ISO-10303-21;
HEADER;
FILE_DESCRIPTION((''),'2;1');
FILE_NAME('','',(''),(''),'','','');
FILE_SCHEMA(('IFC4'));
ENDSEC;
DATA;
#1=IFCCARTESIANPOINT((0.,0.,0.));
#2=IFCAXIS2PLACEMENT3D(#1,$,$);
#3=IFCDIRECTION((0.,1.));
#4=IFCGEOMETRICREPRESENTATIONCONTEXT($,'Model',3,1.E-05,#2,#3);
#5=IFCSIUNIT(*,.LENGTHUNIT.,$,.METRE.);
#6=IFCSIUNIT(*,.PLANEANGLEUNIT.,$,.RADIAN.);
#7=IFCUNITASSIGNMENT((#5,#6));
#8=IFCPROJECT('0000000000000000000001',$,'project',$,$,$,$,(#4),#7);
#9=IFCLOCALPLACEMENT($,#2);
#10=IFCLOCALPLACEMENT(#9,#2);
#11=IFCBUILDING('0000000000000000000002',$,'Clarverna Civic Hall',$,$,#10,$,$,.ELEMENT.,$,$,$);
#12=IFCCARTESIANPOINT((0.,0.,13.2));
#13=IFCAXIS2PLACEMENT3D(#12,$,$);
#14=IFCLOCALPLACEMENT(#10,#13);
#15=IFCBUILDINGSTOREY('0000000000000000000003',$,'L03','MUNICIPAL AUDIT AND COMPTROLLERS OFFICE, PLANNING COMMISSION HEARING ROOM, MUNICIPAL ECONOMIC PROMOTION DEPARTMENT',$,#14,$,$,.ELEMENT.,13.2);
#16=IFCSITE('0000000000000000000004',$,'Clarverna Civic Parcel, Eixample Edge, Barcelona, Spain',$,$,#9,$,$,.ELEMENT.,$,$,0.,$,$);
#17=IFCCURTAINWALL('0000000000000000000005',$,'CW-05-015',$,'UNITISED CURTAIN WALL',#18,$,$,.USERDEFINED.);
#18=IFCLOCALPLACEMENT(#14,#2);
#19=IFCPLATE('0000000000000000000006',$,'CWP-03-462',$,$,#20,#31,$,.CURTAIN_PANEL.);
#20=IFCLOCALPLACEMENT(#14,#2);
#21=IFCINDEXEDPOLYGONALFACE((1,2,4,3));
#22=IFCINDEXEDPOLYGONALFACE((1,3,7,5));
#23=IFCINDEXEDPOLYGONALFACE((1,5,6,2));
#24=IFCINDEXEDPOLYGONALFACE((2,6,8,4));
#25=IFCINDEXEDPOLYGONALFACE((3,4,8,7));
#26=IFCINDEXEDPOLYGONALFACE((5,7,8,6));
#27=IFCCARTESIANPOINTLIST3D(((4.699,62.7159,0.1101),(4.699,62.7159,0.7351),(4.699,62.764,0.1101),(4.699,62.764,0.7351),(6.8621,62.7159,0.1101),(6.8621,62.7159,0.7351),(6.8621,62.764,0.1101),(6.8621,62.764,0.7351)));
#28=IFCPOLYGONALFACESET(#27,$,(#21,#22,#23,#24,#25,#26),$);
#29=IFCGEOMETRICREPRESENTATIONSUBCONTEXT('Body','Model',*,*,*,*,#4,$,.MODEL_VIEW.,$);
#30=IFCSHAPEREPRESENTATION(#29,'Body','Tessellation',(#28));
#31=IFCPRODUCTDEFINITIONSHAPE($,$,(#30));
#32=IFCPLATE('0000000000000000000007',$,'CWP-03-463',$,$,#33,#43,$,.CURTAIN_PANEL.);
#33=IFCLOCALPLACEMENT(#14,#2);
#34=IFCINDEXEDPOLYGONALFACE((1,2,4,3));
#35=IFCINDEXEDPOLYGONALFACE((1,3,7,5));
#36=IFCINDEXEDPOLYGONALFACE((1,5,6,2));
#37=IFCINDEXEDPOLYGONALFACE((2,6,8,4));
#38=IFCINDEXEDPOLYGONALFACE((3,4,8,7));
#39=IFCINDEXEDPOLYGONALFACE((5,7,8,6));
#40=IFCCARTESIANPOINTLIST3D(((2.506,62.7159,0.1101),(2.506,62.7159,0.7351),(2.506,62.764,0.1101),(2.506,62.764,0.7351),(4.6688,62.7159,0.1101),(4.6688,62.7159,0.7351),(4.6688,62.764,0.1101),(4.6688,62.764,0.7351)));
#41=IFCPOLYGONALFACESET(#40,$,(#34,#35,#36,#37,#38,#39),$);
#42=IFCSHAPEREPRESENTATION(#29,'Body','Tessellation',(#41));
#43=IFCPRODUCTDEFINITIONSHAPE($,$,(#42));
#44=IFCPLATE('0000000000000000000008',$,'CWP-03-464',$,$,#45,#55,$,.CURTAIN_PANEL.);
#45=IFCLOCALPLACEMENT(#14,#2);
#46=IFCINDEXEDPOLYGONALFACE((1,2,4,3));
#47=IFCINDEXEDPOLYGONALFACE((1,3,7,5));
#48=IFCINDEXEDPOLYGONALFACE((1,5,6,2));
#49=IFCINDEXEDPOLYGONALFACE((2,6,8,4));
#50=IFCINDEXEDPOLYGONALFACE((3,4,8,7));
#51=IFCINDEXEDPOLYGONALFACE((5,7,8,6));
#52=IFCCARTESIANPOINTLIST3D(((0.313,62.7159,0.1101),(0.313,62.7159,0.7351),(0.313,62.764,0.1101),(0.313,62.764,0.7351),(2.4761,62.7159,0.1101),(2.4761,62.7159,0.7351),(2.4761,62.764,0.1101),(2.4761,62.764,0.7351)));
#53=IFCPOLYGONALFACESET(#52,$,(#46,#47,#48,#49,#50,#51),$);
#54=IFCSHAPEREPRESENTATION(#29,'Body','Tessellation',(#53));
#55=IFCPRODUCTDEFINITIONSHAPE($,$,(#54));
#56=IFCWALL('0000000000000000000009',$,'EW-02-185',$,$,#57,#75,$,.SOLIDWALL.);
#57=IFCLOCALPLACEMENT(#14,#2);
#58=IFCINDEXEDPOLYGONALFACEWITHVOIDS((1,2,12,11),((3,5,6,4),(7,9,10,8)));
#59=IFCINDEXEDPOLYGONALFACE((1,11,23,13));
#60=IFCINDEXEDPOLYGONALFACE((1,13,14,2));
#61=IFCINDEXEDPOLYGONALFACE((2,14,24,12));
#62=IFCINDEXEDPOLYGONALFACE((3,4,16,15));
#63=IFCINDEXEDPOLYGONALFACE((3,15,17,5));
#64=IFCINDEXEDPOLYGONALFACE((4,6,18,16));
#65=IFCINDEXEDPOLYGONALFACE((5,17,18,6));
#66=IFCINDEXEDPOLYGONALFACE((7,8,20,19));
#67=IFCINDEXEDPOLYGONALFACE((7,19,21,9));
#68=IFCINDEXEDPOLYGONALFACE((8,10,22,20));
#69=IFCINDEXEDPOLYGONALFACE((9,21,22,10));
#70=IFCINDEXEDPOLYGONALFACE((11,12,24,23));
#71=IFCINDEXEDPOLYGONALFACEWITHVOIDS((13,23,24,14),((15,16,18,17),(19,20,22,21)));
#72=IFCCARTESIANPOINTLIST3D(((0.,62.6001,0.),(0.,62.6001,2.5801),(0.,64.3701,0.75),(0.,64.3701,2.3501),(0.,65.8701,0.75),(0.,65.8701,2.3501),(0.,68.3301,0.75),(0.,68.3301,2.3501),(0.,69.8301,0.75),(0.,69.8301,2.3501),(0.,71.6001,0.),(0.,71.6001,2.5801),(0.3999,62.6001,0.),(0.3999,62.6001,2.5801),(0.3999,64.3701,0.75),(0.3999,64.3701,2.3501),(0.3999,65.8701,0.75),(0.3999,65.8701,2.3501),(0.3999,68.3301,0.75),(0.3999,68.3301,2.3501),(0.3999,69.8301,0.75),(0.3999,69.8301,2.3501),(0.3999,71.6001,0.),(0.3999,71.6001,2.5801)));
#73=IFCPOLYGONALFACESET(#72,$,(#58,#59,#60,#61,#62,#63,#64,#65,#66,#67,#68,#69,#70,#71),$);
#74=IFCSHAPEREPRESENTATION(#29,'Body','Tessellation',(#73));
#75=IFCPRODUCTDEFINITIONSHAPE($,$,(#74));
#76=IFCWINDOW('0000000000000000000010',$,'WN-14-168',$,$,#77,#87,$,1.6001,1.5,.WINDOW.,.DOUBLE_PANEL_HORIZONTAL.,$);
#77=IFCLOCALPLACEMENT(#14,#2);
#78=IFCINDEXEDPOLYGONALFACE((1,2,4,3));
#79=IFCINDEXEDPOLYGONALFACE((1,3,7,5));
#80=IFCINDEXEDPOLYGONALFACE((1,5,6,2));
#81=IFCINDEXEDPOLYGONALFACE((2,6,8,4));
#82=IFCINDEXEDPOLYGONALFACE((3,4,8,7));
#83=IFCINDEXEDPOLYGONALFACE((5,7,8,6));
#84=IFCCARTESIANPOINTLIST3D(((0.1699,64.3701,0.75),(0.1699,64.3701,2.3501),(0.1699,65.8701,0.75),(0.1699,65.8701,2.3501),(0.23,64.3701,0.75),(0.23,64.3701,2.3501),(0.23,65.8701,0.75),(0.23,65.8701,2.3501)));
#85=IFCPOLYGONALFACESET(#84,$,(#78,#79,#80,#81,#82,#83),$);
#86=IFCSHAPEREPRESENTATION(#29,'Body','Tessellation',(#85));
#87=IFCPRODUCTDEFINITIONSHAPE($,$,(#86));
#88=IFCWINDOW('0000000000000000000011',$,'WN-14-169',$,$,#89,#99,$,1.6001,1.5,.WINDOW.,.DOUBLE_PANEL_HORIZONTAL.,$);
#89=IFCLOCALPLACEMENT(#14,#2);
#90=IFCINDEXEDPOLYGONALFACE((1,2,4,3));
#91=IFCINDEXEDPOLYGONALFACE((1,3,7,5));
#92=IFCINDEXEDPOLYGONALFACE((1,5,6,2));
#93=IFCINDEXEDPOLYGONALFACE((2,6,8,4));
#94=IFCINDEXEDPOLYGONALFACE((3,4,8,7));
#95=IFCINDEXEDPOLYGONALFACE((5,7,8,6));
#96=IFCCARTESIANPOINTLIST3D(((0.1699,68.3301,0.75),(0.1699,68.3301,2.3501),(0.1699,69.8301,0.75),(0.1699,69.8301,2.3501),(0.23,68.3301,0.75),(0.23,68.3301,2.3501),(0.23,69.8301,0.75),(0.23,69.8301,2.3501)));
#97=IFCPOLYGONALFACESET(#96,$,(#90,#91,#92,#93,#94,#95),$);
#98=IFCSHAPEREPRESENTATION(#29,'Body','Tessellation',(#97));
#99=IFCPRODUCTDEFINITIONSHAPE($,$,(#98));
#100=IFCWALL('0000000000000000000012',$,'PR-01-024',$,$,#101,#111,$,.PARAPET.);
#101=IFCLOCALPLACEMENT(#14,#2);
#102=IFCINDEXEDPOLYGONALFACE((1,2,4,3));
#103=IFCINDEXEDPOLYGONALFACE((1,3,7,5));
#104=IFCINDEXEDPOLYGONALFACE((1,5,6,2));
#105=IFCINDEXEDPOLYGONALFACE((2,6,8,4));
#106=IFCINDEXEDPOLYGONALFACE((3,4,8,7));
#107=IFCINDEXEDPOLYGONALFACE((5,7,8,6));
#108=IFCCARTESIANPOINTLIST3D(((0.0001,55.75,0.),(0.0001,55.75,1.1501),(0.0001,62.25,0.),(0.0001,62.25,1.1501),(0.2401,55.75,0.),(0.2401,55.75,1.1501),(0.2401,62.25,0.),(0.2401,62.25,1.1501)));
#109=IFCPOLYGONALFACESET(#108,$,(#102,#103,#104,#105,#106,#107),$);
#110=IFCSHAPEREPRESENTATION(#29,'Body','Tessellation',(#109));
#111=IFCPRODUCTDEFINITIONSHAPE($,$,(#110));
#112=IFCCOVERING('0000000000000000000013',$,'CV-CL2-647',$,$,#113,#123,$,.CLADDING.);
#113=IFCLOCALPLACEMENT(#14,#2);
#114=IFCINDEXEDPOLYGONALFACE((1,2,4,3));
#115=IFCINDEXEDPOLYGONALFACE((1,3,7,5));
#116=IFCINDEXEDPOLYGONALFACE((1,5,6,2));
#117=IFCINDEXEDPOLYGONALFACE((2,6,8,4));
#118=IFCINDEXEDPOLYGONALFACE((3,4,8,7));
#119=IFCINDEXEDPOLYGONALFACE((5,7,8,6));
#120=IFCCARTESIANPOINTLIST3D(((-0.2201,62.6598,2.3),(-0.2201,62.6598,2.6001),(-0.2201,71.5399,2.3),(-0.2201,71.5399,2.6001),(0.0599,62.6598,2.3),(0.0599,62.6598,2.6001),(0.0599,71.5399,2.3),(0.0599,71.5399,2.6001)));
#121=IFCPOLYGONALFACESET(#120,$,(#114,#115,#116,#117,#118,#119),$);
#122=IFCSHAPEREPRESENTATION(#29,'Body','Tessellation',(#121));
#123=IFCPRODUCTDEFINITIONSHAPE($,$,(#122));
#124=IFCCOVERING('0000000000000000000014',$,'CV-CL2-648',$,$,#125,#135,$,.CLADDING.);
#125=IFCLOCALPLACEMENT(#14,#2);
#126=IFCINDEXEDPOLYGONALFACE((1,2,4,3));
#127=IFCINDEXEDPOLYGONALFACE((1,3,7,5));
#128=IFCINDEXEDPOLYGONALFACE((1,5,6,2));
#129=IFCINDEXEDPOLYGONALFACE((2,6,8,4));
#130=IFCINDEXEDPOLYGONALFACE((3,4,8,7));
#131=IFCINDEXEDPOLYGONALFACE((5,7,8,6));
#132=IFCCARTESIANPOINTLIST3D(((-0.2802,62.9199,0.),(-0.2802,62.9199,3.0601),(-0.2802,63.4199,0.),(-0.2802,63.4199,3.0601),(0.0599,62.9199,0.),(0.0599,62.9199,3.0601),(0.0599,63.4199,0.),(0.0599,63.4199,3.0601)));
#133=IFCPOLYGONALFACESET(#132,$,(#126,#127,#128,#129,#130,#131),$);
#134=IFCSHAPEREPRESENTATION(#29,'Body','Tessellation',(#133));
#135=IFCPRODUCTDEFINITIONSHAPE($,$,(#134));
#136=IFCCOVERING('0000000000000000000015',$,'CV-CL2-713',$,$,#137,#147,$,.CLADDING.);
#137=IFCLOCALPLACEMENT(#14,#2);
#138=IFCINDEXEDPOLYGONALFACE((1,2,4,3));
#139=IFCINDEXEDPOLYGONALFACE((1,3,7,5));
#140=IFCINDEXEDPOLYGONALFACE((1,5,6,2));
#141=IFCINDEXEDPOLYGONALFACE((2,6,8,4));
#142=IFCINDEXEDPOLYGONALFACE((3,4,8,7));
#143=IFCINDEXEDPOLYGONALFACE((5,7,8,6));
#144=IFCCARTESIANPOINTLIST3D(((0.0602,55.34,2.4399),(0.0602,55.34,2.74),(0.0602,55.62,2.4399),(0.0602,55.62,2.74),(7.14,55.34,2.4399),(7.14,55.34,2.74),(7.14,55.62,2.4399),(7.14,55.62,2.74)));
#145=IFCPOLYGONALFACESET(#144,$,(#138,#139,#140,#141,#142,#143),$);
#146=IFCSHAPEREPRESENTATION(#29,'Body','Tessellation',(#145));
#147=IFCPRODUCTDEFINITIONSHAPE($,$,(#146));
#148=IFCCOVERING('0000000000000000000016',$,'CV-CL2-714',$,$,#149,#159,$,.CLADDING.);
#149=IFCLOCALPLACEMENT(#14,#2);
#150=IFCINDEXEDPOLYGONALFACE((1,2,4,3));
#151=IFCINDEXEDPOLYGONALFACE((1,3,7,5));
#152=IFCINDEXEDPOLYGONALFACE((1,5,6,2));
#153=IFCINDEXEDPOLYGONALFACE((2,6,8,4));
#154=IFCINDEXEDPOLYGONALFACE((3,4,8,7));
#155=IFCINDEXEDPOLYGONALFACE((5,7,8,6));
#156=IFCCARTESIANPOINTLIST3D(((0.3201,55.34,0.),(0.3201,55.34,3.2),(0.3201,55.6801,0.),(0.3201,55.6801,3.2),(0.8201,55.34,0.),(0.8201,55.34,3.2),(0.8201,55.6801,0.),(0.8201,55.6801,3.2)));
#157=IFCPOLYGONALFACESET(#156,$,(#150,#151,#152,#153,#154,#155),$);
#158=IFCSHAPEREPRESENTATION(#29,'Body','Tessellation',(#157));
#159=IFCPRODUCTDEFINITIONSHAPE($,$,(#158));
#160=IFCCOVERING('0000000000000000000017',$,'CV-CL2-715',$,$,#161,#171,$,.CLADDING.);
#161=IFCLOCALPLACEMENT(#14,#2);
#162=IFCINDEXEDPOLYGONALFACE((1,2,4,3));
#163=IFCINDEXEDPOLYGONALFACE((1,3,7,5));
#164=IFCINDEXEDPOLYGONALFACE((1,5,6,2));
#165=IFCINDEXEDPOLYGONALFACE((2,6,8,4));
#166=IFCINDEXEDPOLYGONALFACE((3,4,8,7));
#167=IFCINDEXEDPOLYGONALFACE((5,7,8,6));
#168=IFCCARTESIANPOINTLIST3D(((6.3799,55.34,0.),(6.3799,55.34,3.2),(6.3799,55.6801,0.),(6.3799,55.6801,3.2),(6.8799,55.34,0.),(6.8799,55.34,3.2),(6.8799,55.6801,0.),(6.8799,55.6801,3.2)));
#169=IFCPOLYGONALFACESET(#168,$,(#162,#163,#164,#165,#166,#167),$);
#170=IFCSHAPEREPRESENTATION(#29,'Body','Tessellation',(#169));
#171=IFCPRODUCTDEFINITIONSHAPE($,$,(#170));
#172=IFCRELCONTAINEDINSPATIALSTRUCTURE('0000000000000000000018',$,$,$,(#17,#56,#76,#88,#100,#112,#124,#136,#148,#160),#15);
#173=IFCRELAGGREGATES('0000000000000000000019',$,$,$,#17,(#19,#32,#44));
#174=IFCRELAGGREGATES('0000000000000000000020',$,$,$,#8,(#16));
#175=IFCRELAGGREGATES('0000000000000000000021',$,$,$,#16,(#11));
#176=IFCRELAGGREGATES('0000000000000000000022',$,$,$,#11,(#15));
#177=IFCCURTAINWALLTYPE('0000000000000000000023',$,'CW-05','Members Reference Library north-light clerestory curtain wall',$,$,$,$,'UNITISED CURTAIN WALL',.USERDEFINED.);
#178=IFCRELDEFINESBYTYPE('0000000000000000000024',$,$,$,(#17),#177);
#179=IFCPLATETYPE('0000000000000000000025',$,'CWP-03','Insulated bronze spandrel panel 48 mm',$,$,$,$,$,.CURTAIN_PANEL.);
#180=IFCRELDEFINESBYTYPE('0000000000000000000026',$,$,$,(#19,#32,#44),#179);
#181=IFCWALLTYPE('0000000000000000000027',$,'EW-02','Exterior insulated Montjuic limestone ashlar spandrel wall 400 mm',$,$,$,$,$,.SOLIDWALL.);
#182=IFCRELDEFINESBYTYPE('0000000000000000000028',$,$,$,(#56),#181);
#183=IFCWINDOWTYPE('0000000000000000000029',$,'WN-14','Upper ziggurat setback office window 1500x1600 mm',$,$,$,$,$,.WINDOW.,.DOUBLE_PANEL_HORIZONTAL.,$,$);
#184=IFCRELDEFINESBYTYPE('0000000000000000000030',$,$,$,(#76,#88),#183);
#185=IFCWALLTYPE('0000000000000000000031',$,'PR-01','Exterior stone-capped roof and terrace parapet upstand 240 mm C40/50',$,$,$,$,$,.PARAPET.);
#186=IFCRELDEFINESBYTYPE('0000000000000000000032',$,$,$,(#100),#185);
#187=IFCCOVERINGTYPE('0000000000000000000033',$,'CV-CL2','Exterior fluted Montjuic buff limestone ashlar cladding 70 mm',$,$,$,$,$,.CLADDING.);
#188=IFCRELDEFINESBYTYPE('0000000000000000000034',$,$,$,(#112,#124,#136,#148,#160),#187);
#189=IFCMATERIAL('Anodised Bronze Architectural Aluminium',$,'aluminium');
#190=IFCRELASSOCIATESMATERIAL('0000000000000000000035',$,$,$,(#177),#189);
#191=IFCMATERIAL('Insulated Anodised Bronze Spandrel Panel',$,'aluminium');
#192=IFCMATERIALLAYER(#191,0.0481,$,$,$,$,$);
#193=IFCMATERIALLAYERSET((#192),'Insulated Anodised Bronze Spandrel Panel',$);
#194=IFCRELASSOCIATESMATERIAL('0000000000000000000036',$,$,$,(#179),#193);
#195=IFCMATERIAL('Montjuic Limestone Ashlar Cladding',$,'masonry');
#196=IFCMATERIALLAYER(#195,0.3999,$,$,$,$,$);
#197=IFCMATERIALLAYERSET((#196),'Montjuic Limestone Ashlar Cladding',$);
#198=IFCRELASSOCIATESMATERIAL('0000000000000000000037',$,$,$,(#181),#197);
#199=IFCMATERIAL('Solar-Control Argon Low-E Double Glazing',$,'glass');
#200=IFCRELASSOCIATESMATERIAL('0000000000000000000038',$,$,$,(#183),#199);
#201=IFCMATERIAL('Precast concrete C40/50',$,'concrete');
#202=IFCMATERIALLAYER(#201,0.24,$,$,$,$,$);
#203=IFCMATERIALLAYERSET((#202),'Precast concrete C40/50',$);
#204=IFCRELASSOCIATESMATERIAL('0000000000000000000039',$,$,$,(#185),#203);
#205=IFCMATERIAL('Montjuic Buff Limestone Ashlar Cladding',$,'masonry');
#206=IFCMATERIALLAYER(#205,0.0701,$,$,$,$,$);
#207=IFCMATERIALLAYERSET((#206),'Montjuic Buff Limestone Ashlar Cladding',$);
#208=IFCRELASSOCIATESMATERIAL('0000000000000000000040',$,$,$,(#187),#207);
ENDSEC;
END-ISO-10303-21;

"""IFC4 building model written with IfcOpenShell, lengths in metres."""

from ifc_helpers import new_model, si_unit, direction, frame, frame_2d, origin, place, context, subcontext, project, spatial, rectangle, extrude, material, layer, layer_set, type_object, element, fill, aggregate, save


model = new_model("IFC4")

# Units and contexts
model_context = context("Model", 3, precision=1e-05, world=origin(), true_north=direction((0.0, 1.0)))
body_context = subcontext(model_context, "Body", "Model", "MODEL_VIEW")
ifc_project = project(units=[si_unit("LENGTHUNIT", "METRE"), si_unit("PLANEANGLEUNIT", "RADIAN")], contexts=[model_context])

# Site, building, storey
site_placement = place(None, origin())
site = spatial("IfcSite", under=ifc_project, at=site_placement, Name="Clarverna Civic Parcel, Eixample Edge, Barcelona, Spain", CompositionType="ELEMENT", RefElevation=0.0)
building_placement = place(site_placement, origin())
building = spatial("IfcBuilding", under=site, at=building_placement, Name="Clarverna Civic Hall", CompositionType="ELEMENT")
storey_placement = place(building_placement, frame((0.0, 0.0, 13.2)))
storey = spatial("IfcBuildingStorey", under=building, at=storey_placement, Name="L03", Description="MUNICIPAL AUDIT AND COMPTROLLERS OFFICE, PLANNING COMMISSION HEARING ROOM, MUNICIPAL ECONOMIC PROMOTION DEPARTMENT", CompositionType="ELEMENT", Elevation=13.2)

# Curtain wall
ifc_material_1 = material(Name="Anodised Bronze Architectural Aluminium", Category="aluminium")
curtain_wall_type = type_object("IfcCurtainWallType", Name="CW-05", Description="Members Reference Library north-light clerestory curtain wall", ElementType="UNITISED CURTAIN WALL", PredefinedType="USERDEFINED", material=ifc_material_1)
curtain_wall_placement = place(storey_placement, origin())
curtain_wall = element("IfcCurtainWall", 1, at=curtain_wall_placement, inside=storey, type_object=curtain_wall_type, Name="CW-05-015", ObjectType="UNITISED CURTAIN WALL", PredefinedType="USERDEFINED")

# Plates
ifc_material_2 = material(Name="Solar-Control Argon Low-E Double Glazing", Category="glass")
ifc_material_3 = material(Name="Insulated Anodised Bronze Spandrel Panel", Category="aluminium")
ifc_layer_1 = layer(ifc_material_3, 0.0481)
ifc_layer_set_1 = layer_set([ifc_layer_1], Name="Insulated Anodised Bronze Spandrel Panel")
plate_type_1 = type_object("IfcPlateType", Name="CWP-03", Description="Insulated bronze spandrel panel 48 mm", PredefinedType="CURTAIN_PANEL", material=ifc_layer_set_1)
plate_1_placement = place(storey_placement, frame((6.8621, 62.74, 0.1101), z_axis=(0.0, 0.0, 1.0), x_axis=(-1.0, 0.0, 0.0)))
plate_1 = element("IfcPlate", 2, at=plate_1_placement, type_object=plate_type_1, Name="CWP-03-462", PredefinedType="CURTAIN_PANEL", context=body_context, shape_type="SweptSolid", body=[
    extrude(rectangle(XDim=2.1631, YDim=0.0481, at=frame_2d((1.0815, 0.0))), origin(), (0.0, 0.0, 1.0), 0.625),
])
plate_2_placement = place(storey_placement, frame((4.6689, 62.74, 0.1101), z_axis=(0.0, 0.0, 1.0), x_axis=(-1.0, 0.0, 0.0)))
plate_2 = element("IfcPlate", 3, at=plate_2_placement, type_object=plate_type_1, Name="CWP-03-463", PredefinedType="CURTAIN_PANEL", context=body_context, shape_type="SweptSolid", body=[
    extrude(rectangle(XDim=2.1628, YDim=0.0481, at=frame_2d((1.0815, 0.0))), origin(), (0.0, 0.0, 1.0), 0.625),
])
plate_3_placement = place(storey_placement, frame((2.4761, 62.74, 0.1101), z_axis=(0.0, 0.0, 1.0), x_axis=(-1.0, 0.0, 0.0)))
plate_3 = element("IfcPlate", 4, at=plate_3_placement, type_object=plate_type_1, Name="CWP-03-464", PredefinedType="CURTAIN_PANEL", context=body_context, shape_type="SweptSolid", body=[
    extrude(rectangle(XDim=2.1631, YDim=0.0481, at=frame_2d((1.0815, 0.0))), origin(), (0.0, 0.0, 1.0), 0.625),
])
aggregate(curtain_wall, [plate_1, plate_2, plate_3])

# Wall, openings, windows
ifc_material_4 = material(Name="Montjuic Limestone Ashlar Cladding", Category="masonry")
ifc_layer_2 = layer(ifc_material_4, 0.3999)
ifc_layer_set_2 = layer_set([ifc_layer_2], Name="Montjuic Limestone Ashlar Cladding")
wall_type_1 = type_object("IfcWallType", Name="EW-02", Description="Exterior insulated Montjuic limestone ashlar spandrel wall 400 mm", PredefinedType="SOLIDWALL", material=ifc_layer_set_2)
wall_1_placement = place(storey_placement, frame((0.2, 62.6001, 0.0), z_axis=(0.0, 0.0, 1.0), x_axis=(0.0, 1.0, 0.0)))
wall_1 = element("IfcWall", 5, at=wall_1_placement, inside=storey, type_object=wall_type_1, Name="EW-02-185", PredefinedType="SOLIDWALL", context=body_context, shape_type="SweptSolid", body=[
    extrude(rectangle(XDim=9.0, YDim=0.3999, at=frame_2d((4.5, 0.0))), origin(), (0.0, 0.0, 1.0), 2.5801),
])
opening_1_placement = place(wall_1_placement, frame((1.77, 0.0, 0.75)))
opening_1 = element("IfcOpeningElement", 6, at=opening_1_placement, cuts=wall_1, PredefinedType="OPENING", context=body_context, shape_type="SweptSolid", body=[
    extrude(rectangle(XDim=1.5, YDim=1.6001, at=frame_2d((0.75, 0.8))), frame((0.0, 0.21, 0.0), z_axis=(0.0, -1.0, 0.0), x_axis=(1.0, 0.0, 0.0)), (0.0, 0.0, 1.0), 0.4199),
])
opening_2_placement = place(wall_1_placement, frame((5.73, 0.0, 0.75)))
opening_2 = element("IfcOpeningElement", 7, at=opening_2_placement, cuts=wall_1, PredefinedType="OPENING", context=body_context, shape_type="SweptSolid", body=[
    extrude(rectangle(XDim=1.5, YDim=1.6001, at=frame_2d((0.75, 0.8))), frame((0.0, 0.21, 0.0), z_axis=(0.0, -1.0, 0.0), x_axis=(1.0, 0.0, 0.0)), (0.0, 0.0, 1.0), 0.4199),
])
window_type = type_object("IfcWindowType", Name="WN-14", Description="Upper ziggurat setback office window 1500x1600 mm", PartitioningType="DOUBLE_PANEL_HORIZONTAL", PredefinedType="WINDOW", material=ifc_material_2)
window_1_placement = place(opening_1_placement, origin())
window_1 = element("IfcWindow", 8, at=window_1_placement, inside=storey, type_object=window_type, Name="WN-14-168", OverallHeight=1.6001, OverallWidth=1.5, PartitioningType="DOUBLE_PANEL_HORIZONTAL", PredefinedType="WINDOW", context=body_context, shape_type="SweptSolid", body=[
    extrude(rectangle(XDim=1.5, YDim=1.6001, at=frame_2d((0.75, 0.8))), frame((0.0, 0.03, 0.0), z_axis=(0.0, -1.0, 0.0), x_axis=(1.0, 0.0, 0.0)), (0.0, 0.0, 1.0), 0.0601),
])
fill(opening_1, window_1)
window_2_placement = place(opening_2_placement, origin())
window_2 = element("IfcWindow", 9, at=window_2_placement, inside=storey, type_object=window_type, Name="WN-14-169", OverallHeight=1.6001, OverallWidth=1.5, PartitioningType="DOUBLE_PANEL_HORIZONTAL", PredefinedType="WINDOW", context=body_context, shape_type="SweptSolid", body=[
    extrude(rectangle(XDim=1.5, YDim=1.6001, at=frame_2d((0.75, 0.8))), frame((0.0, 0.03, 0.0), z_axis=(0.0, -1.0, 0.0), x_axis=(1.0, 0.0, 0.0)), (0.0, 0.0, 1.0), 0.0601),
])
fill(opening_2, window_2)

# Wall
ifc_material_5 = material(Name="Precast concrete C40/50", Category="concrete")
ifc_layer_3 = layer(ifc_material_5, 0.24)
ifc_layer_set_3 = layer_set([ifc_layer_3], Name="Precast concrete C40/50")
wall_type_2 = type_object("IfcWallType", Name="PR-01", Description="Exterior stone-capped roof and terrace parapet upstand 240 mm C40/50", PredefinedType="PARAPET", material=ifc_layer_set_3)
wall_2_placement = place(storey_placement, frame((0.1201, 55.75, 0.0), z_axis=(0.0, 0.0, 1.0), x_axis=(0.0, 1.0, 0.0)))
element("IfcWall", 10, at=wall_2_placement, inside=storey, type_object=wall_type_2, Name="PR-01-024", PredefinedType="PARAPET", context=body_context, shape_type="SweptSolid", body=[
    extrude(rectangle(XDim=6.5, YDim=0.24, at=frame_2d((3.25, 0.0))), origin(), (0.0, 0.0, 1.0), 1.1501),
])

# Coverings
ifc_material_6 = material(Name="Montjuic Buff Limestone Ashlar Cladding", Category="masonry")
ifc_layer_4 = layer(ifc_material_6, 0.0701)
ifc_layer_set_4 = layer_set([ifc_layer_4], Name="Montjuic Buff Limestone Ashlar Cladding")
covering_type = type_object("IfcCoveringType", Name="CV-CL2", Description="Exterior fluted Montjuic buff limestone ashlar cladding 70 mm", PredefinedType="CLADDING", material=ifc_layer_set_4)
covering_1_placement = place(storey_placement, frame((-0.0801, 62.6599, 2.3), z_axis=(0.0, 0.0, 1.0), x_axis=(0.0, 1.0, 0.0)))
element("IfcCovering", 11, at=covering_1_placement, inside=storey, type_object=covering_type, Name="CV-CL2-647", PredefinedType="CLADDING", context=body_context, shape_type="SweptSolid", body=[
    extrude(rectangle(XDim=8.8801, YDim=0.28, at=frame_2d((4.4399, 0.0))), origin(), (0.0, 0.0, 1.0), 0.3),
])
covering_2_placement = place(storey_placement, frame((-0.1101, 62.9199, 0.0), z_axis=(0.0, 0.0, 1.0), x_axis=(0.0, 1.0, 0.0)))
element("IfcCovering", 12, at=covering_2_placement, inside=storey, type_object=covering_type, Name="CV-CL2-648", PredefinedType="CLADDING", context=body_context, shape_type="SweptSolid", body=[
    extrude(rectangle(XDim=0.5, YDim=0.3401, at=frame_2d((0.25, 0.0))), origin(), (0.0, 0.0, 1.0), 3.0601),
])
covering_3_placement = place(storey_placement, frame((0.0601, 55.48, 2.4399), z_axis=(0.0, 0.0, 1.0), x_axis=(1.0, 0.0, 0.0)))
element("IfcCovering", 13, at=covering_3_placement, inside=storey, type_object=covering_type, Name="CV-CL2-713", PredefinedType="CLADDING", context=body_context, shape_type="SweptSolid", body=[
    extrude(rectangle(XDim=7.0798, YDim=0.28, at=frame_2d((3.54, 0.0))), origin(), (0.0, 0.0, 1.0), 0.3),
])
for number, where, z_axis, x_axis, name in (
    (14, (0.3201, 55.51, 0.0), (0.0, 0.0, 1.0), (1.0, 0.0, 0.0), "CV-CL2-714"),
    (15, (6.3799, 55.51, 0.0), (0.0, 0.0, 1.0), (1.0, 0.0, 0.0), "CV-CL2-715"),
):
    element("IfcCovering", number, at=place(storey_placement, frame(where, z_axis=z_axis, x_axis=x_axis)), inside=storey, type_object=covering_type, Name=name, PredefinedType="CLADDING", context=body_context, shape_type="SweptSolid", body=[
        extrude(rectangle(XDim=0.5, YDim=0.3401, at=frame_2d((0.25, 0.0))), origin(), (0.0, 0.0, 1.0), 3.2),
    ])

save(model, "model.ifc")
